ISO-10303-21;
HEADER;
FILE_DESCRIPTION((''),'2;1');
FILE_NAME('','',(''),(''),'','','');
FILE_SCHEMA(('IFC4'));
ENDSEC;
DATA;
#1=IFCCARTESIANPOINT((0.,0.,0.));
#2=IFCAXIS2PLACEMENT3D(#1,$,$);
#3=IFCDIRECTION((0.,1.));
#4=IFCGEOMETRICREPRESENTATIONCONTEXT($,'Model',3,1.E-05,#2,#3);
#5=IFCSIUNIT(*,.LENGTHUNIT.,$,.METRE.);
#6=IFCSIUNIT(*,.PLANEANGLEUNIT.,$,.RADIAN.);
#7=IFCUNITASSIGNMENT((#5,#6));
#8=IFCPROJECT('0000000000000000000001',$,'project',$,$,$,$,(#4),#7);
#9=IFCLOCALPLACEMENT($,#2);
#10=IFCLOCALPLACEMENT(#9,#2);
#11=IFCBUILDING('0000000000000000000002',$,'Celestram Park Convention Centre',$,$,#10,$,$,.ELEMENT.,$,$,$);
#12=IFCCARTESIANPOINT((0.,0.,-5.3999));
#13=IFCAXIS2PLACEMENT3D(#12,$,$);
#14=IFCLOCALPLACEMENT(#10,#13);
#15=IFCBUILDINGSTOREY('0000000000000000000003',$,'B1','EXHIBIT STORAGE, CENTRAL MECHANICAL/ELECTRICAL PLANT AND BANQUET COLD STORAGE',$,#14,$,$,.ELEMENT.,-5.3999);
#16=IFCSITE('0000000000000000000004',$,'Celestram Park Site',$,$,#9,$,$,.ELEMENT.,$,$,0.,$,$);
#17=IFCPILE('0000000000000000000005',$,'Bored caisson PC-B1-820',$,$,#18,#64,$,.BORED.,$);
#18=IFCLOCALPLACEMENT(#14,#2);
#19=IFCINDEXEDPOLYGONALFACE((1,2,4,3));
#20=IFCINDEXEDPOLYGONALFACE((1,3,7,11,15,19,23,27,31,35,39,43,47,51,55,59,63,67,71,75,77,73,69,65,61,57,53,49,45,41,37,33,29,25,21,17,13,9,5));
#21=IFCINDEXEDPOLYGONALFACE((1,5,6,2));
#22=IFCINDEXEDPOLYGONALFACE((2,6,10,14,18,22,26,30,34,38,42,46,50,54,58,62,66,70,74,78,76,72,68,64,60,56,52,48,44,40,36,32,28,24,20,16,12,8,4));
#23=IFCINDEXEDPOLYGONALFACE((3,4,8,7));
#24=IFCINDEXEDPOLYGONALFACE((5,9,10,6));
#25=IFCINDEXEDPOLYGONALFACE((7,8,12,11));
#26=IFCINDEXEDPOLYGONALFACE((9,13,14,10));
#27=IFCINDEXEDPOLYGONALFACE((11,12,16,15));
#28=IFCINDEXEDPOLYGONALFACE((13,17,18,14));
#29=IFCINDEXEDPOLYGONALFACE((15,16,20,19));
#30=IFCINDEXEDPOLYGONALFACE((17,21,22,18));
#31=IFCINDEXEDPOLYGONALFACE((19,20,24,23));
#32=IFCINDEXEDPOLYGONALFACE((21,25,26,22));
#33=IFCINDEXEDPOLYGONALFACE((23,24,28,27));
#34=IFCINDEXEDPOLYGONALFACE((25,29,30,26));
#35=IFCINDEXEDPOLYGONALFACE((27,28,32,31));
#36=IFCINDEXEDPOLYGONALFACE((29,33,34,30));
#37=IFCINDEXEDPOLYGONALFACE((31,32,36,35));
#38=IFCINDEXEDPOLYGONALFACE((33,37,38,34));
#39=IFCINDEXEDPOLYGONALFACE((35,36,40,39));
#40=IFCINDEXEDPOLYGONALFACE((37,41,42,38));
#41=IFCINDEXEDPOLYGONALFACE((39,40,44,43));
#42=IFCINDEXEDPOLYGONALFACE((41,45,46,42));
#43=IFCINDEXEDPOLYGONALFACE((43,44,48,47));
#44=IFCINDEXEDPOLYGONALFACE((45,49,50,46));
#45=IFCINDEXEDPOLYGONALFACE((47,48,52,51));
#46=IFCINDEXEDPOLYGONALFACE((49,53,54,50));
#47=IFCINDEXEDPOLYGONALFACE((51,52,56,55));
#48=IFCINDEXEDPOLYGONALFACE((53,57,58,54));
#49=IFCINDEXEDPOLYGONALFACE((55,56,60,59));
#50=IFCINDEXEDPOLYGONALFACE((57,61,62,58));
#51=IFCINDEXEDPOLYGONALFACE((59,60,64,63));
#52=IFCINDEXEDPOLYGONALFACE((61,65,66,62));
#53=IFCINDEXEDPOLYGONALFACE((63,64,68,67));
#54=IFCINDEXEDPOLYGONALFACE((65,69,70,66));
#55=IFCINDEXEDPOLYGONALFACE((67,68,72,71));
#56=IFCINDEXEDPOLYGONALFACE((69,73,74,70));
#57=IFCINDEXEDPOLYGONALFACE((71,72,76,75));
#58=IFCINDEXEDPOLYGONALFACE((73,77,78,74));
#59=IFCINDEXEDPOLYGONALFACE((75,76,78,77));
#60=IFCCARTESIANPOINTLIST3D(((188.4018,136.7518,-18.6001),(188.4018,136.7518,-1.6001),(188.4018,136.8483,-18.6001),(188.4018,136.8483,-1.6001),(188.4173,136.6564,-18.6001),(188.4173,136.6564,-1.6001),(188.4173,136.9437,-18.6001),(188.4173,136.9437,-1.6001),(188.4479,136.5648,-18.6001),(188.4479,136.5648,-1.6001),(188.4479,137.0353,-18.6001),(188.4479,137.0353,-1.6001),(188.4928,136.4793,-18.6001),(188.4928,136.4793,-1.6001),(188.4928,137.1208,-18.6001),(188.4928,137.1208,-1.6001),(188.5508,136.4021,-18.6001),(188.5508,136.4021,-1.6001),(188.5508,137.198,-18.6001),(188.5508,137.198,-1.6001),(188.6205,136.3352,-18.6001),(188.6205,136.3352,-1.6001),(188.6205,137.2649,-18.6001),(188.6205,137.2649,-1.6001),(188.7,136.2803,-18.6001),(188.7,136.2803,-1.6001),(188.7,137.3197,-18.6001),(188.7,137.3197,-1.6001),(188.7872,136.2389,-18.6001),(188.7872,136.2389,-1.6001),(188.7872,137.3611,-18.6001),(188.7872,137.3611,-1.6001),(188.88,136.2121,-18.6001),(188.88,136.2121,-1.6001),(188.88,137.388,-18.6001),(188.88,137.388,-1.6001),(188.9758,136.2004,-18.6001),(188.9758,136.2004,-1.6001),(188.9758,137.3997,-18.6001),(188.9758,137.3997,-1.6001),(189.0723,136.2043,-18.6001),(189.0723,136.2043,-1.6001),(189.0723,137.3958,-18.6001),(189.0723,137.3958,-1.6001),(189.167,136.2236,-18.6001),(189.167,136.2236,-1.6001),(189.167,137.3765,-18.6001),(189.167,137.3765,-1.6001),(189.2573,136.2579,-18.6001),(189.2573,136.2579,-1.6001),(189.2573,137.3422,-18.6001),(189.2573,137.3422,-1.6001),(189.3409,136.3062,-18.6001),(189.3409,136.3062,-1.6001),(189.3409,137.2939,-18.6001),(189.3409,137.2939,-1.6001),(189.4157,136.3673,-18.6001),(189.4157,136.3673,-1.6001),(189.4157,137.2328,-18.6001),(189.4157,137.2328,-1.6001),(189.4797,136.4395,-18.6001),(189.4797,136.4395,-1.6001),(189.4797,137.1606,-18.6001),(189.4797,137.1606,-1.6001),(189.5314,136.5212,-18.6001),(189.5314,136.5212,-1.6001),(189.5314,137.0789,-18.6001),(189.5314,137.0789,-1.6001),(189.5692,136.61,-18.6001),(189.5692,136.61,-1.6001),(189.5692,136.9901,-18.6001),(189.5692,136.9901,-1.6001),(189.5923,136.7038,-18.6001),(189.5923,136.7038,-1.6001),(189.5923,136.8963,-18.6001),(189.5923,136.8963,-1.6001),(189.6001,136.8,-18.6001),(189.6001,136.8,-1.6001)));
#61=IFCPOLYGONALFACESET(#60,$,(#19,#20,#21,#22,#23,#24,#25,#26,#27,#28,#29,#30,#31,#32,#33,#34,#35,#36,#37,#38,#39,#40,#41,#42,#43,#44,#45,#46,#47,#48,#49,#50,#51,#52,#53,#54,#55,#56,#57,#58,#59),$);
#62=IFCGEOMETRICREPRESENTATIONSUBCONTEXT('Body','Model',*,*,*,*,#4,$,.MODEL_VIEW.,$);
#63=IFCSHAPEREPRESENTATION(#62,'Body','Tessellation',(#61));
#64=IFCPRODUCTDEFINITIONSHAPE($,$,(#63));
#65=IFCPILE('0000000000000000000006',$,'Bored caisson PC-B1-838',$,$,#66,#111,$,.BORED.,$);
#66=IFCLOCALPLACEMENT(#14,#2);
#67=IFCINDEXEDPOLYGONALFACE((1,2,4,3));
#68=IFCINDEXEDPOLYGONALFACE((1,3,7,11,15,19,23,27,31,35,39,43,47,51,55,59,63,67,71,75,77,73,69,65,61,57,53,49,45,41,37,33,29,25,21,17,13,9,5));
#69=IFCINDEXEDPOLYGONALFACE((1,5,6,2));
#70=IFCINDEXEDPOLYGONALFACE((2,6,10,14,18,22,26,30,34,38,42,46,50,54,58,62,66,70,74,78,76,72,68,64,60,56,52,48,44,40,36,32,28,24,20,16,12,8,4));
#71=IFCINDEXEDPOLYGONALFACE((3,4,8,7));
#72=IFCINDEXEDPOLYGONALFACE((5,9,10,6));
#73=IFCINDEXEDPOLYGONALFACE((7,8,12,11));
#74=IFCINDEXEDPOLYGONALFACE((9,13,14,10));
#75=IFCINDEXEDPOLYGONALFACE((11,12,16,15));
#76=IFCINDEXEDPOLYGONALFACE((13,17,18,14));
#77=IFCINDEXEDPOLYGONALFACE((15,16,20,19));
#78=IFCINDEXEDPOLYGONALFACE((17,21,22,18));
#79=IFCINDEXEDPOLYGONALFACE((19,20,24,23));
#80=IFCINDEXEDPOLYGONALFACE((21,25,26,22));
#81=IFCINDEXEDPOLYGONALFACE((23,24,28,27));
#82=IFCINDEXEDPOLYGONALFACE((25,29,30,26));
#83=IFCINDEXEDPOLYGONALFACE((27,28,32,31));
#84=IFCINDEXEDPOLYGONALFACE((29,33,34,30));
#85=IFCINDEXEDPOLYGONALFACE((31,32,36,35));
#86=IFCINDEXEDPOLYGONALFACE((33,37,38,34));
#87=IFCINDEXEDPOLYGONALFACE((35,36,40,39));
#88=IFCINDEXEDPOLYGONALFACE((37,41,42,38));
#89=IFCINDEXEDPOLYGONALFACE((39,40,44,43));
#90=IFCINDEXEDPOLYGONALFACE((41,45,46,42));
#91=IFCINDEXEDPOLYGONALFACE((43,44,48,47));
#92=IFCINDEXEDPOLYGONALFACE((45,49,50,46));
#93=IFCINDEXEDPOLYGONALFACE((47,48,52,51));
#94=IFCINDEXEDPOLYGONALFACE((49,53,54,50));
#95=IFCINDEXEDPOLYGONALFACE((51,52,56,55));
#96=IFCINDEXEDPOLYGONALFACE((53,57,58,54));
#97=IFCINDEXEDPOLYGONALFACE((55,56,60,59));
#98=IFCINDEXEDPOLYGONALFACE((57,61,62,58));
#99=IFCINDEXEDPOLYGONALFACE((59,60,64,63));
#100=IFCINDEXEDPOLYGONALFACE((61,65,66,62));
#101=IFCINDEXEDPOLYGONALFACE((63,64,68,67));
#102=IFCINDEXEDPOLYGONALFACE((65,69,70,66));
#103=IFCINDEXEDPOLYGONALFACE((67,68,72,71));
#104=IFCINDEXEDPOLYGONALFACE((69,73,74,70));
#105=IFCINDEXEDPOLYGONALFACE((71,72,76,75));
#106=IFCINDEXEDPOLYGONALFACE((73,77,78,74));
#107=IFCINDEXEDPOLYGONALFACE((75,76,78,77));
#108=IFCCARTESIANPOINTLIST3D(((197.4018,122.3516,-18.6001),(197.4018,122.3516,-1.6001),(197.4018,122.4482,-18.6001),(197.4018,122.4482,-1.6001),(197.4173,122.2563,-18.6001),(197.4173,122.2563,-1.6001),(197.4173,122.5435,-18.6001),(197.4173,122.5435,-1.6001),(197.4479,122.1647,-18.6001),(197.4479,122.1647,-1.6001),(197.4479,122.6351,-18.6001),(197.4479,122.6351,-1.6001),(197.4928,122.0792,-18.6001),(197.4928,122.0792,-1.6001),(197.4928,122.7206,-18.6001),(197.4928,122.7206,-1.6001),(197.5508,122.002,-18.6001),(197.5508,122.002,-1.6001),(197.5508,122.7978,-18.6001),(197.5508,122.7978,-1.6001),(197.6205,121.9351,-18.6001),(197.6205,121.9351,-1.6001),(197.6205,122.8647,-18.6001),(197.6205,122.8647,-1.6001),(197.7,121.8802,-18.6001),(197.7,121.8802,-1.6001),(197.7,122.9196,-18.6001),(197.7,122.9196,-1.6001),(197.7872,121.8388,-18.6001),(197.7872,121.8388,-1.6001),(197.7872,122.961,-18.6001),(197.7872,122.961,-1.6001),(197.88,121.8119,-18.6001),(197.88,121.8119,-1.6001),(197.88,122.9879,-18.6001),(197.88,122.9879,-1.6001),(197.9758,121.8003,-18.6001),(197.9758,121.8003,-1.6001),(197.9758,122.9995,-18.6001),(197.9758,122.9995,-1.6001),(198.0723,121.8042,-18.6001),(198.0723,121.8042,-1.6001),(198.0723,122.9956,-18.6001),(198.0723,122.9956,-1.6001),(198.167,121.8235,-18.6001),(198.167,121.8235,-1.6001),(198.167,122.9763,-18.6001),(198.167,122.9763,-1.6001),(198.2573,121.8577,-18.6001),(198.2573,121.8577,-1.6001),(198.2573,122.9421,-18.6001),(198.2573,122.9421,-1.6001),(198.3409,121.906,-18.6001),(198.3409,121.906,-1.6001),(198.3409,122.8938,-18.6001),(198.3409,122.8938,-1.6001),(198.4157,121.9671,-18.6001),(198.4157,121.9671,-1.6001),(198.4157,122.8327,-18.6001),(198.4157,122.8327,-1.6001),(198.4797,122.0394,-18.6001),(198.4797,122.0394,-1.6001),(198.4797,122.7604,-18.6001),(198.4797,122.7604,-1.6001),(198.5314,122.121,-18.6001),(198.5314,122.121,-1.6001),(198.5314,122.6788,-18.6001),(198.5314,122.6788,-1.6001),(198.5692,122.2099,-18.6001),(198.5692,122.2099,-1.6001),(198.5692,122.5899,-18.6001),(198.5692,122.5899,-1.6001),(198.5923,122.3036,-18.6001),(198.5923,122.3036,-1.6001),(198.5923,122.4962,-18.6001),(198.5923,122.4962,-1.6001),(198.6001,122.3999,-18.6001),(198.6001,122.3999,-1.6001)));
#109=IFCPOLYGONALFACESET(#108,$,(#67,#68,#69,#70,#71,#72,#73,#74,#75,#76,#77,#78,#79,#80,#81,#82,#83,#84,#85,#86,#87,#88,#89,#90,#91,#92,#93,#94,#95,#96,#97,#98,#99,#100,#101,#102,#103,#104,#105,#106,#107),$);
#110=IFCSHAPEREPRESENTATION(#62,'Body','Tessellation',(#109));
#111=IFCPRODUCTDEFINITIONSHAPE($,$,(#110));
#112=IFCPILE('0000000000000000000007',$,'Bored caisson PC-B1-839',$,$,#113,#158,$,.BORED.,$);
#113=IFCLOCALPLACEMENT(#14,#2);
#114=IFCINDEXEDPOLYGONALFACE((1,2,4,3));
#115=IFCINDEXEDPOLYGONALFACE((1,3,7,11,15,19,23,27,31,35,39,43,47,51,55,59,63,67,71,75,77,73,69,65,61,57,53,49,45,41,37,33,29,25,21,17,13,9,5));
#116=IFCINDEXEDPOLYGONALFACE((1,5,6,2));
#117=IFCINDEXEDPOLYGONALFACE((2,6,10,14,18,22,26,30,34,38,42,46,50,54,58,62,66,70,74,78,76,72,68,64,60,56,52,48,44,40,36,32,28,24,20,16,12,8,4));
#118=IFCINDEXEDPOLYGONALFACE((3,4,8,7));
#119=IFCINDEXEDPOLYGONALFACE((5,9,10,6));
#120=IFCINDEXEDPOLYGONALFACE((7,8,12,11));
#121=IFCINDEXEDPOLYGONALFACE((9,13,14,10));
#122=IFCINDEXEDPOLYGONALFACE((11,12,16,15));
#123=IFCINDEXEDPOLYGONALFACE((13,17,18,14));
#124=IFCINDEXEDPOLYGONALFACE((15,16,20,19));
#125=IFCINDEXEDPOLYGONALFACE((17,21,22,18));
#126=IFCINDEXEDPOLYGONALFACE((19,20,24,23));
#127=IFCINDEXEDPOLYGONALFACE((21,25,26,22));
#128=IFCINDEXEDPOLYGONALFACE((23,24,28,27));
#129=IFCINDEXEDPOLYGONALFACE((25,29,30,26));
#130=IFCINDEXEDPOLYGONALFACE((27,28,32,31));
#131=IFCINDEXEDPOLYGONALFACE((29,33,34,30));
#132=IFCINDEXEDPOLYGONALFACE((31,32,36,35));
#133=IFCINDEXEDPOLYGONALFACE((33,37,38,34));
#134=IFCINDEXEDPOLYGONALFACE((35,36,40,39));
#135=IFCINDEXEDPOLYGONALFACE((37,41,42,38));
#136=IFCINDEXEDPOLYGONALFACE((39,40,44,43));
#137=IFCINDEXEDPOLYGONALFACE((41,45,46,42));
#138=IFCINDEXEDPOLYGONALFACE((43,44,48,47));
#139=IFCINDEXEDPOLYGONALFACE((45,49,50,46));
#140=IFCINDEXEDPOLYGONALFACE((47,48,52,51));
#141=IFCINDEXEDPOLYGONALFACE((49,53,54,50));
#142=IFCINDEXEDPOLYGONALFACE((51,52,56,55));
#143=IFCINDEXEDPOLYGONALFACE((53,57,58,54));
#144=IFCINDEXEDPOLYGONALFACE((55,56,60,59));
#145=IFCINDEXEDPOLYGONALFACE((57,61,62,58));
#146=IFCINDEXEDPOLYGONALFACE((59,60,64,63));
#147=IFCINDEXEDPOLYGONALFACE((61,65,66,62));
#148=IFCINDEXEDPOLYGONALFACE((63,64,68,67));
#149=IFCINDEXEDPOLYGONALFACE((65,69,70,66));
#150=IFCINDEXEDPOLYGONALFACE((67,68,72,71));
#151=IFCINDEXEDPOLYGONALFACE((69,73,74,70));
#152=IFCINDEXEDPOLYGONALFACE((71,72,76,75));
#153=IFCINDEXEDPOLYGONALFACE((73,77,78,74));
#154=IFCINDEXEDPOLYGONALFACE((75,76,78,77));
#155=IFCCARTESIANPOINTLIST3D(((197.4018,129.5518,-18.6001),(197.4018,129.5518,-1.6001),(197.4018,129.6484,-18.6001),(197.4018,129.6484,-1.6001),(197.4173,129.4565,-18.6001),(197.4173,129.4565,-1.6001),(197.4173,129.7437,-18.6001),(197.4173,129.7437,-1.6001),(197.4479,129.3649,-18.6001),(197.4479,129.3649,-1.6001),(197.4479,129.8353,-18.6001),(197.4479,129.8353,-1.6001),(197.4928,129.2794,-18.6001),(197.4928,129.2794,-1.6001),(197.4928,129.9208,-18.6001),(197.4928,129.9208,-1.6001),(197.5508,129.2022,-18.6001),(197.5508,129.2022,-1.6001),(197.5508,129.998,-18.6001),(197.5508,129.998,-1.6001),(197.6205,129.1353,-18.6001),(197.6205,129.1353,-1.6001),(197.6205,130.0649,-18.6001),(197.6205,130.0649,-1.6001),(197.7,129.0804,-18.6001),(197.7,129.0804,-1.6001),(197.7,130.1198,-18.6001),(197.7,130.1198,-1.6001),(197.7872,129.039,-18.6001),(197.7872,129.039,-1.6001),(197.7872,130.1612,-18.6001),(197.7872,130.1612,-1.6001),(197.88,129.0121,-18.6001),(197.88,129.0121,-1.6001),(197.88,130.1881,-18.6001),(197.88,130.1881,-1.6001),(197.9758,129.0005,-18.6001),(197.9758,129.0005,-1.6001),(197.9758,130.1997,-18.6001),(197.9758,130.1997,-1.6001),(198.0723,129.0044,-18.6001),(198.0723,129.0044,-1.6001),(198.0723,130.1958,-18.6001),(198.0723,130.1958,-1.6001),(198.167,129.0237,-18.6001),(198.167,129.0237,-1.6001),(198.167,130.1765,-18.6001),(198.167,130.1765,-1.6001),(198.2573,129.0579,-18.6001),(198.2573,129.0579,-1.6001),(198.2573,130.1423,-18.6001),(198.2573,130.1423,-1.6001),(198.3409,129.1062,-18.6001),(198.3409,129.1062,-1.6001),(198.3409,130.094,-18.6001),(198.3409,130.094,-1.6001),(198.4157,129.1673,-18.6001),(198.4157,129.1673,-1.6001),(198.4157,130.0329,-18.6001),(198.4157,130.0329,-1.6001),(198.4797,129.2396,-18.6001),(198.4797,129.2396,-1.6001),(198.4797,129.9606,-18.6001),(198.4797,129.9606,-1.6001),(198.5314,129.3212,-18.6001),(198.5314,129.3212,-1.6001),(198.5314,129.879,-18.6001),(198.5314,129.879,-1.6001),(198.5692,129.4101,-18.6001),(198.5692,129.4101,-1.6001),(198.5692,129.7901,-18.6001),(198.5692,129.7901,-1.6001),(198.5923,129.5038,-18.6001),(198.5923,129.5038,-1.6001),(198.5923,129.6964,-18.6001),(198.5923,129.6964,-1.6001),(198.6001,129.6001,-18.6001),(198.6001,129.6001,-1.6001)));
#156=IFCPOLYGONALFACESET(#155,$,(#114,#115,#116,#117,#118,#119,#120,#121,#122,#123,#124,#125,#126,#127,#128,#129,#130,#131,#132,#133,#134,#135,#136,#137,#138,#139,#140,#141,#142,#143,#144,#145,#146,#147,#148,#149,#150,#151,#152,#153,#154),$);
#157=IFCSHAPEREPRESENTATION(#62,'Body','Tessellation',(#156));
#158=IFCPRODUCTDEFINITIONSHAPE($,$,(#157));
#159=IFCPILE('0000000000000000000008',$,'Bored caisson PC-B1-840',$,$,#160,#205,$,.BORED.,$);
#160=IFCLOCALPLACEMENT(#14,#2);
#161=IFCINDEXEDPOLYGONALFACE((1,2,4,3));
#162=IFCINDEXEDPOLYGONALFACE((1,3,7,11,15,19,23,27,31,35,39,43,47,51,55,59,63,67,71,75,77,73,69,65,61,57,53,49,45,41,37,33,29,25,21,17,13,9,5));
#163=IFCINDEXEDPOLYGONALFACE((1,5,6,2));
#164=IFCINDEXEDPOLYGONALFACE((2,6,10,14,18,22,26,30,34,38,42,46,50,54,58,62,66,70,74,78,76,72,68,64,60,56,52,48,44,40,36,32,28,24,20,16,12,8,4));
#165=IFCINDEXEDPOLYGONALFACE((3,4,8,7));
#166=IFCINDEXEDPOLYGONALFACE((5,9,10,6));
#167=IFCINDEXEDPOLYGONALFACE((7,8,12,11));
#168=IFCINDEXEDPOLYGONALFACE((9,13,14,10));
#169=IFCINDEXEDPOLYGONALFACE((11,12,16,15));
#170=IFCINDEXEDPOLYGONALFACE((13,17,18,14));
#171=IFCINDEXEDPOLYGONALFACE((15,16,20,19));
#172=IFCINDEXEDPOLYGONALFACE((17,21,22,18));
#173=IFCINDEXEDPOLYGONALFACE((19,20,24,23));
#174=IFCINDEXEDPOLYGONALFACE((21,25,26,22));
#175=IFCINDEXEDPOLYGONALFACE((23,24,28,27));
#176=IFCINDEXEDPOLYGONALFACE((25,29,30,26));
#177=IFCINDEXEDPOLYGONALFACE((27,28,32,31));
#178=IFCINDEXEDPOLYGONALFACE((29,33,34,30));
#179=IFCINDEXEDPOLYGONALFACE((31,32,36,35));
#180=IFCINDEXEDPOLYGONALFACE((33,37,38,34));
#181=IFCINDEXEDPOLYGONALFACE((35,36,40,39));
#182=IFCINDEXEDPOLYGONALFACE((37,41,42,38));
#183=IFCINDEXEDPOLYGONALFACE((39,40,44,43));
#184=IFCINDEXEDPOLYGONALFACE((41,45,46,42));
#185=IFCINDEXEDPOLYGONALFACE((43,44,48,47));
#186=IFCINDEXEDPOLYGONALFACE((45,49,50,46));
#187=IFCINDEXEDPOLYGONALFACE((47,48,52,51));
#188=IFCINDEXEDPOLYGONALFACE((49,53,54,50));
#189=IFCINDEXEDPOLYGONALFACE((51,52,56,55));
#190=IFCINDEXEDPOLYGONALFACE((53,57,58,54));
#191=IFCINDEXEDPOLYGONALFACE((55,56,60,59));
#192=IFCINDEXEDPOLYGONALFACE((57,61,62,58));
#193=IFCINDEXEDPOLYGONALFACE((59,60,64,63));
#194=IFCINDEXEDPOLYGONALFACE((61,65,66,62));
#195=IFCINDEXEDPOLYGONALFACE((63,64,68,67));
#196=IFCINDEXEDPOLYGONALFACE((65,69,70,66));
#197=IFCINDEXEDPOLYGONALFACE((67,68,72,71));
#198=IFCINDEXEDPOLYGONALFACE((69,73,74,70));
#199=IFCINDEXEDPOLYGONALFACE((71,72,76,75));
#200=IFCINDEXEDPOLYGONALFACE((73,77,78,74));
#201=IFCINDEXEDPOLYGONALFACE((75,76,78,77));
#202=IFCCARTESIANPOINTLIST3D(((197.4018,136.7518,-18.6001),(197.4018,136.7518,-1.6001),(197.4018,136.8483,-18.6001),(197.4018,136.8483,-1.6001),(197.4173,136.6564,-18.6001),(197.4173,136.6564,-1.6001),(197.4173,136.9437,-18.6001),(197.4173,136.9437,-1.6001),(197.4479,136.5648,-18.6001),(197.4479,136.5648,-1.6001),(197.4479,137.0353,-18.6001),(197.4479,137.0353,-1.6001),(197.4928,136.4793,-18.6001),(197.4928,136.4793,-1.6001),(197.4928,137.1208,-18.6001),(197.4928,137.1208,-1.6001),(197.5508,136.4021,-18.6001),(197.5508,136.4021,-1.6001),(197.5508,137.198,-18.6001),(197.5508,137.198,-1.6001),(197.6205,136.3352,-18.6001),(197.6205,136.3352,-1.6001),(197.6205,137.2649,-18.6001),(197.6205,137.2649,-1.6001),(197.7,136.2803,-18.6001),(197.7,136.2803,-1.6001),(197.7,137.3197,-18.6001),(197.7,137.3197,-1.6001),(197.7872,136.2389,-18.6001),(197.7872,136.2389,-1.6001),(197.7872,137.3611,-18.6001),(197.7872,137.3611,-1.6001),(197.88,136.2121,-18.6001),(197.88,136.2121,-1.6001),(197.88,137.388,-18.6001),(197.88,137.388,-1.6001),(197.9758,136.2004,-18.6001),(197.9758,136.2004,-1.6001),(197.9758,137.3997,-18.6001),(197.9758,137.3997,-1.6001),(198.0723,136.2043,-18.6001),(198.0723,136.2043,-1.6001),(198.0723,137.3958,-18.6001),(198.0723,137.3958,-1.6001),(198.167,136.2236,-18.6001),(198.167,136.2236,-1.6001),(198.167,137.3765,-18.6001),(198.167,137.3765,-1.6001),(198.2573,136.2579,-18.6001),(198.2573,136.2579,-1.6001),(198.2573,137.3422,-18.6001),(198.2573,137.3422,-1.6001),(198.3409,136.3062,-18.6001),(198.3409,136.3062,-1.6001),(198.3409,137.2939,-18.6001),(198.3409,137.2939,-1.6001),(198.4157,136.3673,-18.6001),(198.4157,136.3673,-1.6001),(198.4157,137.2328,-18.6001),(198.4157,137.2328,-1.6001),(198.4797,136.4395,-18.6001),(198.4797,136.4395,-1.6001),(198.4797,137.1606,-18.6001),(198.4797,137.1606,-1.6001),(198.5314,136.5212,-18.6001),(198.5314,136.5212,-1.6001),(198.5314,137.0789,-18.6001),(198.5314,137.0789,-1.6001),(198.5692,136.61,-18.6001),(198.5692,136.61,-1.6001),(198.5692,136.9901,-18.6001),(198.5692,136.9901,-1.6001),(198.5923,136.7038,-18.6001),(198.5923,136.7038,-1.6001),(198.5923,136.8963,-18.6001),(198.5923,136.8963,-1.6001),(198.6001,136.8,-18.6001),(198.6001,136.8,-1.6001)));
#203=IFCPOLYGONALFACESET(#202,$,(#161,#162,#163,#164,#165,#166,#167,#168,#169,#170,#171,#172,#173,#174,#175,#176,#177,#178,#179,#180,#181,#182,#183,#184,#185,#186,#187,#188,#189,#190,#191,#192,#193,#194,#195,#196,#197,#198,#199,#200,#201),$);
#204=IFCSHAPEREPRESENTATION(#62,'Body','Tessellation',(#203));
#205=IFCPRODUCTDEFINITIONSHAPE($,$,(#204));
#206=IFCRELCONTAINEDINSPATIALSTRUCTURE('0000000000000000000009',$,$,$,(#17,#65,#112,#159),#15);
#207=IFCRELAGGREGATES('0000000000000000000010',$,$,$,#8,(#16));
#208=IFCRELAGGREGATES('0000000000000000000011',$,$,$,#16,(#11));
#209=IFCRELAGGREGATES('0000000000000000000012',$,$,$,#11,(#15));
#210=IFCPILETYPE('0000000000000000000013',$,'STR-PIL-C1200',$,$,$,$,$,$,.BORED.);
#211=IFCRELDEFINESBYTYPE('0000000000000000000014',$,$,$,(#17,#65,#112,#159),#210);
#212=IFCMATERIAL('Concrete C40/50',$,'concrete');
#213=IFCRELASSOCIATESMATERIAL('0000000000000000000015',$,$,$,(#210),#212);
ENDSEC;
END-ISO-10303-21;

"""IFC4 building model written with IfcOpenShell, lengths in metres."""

from ifc_helpers import new_model, si_unit, direction, frame, origin, origin_2d, place, context, subcontext, project, spatial, circle, extrude, material, material_profile, profile_set, type_object, element, save


model = new_model("IFC4")

# Units and contexts
model_context = context("Model", 3, precision=1e-05, world=origin(), true_north=direction((0.0, 1.0)))
body_context = subcontext(model_context, "Body", "Model", "MODEL_VIEW")
ifc_project = project(units=[si_unit("LENGTHUNIT", "METRE"), si_unit("PLANEANGLEUNIT", "RADIAN")], contexts=[model_context])

# Site, building, storey
site_placement = place(None, origin())
site = spatial("IfcSite", under=ifc_project, at=site_placement, Name="Celestram Park Site", CompositionType="ELEMENT", RefElevation=0.0)
building_placement = place(site_placement, origin())
building = spatial("IfcBuilding", under=site, at=building_placement, Name="Celestram Park Convention Centre", CompositionType="ELEMENT")
storey_placement = place(building_placement, frame((0.0, 0.0, -5.3999)))
storey = spatial("IfcBuildingStorey", under=building, at=storey_placement, Name="B1", Description="EXHIBIT STORAGE, CENTRAL MECHANICAL/ELECTRICAL PLANT AND BANQUET COLD STORAGE", CompositionType="ELEMENT", Elevation=-5.3999)

# Shared definitions
ifc_material_1 = material(Name="Concrete C40/50", Category="concrete")

# Piles
ifc_material_profile_1 = material_profile(ifc_material_1, circle(Radius=0.6001, at=origin_2d()), Name="CAISSON1200")
ifc_profile_set_1 = profile_set([ifc_material_profile_1], Name="Concrete C40/50")
pile_type = type_object("IfcPileType", Name="STR-PIL-C1200", PredefinedType="BORED", material=ifc_profile_set_1)
for number, where, z_axis, x_axis, name in (
    (1, (189.0, 136.8, -1.6001), (0.0, 0.0, -1.0), (1.0, 0.0, 0.0), "Bored caisson PC-B1-820"),
    (2, (198.0, 122.3999, -1.6001), (0.0, 0.0, -1.0), (1.0, 0.0, 0.0), "Bored caisson PC-B1-838"),
    (3, (198.0, 129.6001, -1.6001), (0.0, 0.0, -1.0), (1.0, 0.0, 0.0), "Bored caisson PC-B1-839"),
    (4, (198.0, 136.8, -1.6001), (0.0, 0.0, -1.0), (1.0, 0.0, 0.0), "Bored caisson PC-B1-840"),
):
    element("IfcPile", number, at=place(storey_placement, frame(where, z_axis=z_axis, x_axis=x_axis)), inside=storey, type_object=pile_type, Name=name, PredefinedType="BORED", context=body_context, shape_type="SweptSolid", body=[
        extrude(circle(Radius=0.6001, at=origin_2d()), origin(), (0.0, 0.0, 1.0), 17.0),
    ])

save(model, "model.ifc")
